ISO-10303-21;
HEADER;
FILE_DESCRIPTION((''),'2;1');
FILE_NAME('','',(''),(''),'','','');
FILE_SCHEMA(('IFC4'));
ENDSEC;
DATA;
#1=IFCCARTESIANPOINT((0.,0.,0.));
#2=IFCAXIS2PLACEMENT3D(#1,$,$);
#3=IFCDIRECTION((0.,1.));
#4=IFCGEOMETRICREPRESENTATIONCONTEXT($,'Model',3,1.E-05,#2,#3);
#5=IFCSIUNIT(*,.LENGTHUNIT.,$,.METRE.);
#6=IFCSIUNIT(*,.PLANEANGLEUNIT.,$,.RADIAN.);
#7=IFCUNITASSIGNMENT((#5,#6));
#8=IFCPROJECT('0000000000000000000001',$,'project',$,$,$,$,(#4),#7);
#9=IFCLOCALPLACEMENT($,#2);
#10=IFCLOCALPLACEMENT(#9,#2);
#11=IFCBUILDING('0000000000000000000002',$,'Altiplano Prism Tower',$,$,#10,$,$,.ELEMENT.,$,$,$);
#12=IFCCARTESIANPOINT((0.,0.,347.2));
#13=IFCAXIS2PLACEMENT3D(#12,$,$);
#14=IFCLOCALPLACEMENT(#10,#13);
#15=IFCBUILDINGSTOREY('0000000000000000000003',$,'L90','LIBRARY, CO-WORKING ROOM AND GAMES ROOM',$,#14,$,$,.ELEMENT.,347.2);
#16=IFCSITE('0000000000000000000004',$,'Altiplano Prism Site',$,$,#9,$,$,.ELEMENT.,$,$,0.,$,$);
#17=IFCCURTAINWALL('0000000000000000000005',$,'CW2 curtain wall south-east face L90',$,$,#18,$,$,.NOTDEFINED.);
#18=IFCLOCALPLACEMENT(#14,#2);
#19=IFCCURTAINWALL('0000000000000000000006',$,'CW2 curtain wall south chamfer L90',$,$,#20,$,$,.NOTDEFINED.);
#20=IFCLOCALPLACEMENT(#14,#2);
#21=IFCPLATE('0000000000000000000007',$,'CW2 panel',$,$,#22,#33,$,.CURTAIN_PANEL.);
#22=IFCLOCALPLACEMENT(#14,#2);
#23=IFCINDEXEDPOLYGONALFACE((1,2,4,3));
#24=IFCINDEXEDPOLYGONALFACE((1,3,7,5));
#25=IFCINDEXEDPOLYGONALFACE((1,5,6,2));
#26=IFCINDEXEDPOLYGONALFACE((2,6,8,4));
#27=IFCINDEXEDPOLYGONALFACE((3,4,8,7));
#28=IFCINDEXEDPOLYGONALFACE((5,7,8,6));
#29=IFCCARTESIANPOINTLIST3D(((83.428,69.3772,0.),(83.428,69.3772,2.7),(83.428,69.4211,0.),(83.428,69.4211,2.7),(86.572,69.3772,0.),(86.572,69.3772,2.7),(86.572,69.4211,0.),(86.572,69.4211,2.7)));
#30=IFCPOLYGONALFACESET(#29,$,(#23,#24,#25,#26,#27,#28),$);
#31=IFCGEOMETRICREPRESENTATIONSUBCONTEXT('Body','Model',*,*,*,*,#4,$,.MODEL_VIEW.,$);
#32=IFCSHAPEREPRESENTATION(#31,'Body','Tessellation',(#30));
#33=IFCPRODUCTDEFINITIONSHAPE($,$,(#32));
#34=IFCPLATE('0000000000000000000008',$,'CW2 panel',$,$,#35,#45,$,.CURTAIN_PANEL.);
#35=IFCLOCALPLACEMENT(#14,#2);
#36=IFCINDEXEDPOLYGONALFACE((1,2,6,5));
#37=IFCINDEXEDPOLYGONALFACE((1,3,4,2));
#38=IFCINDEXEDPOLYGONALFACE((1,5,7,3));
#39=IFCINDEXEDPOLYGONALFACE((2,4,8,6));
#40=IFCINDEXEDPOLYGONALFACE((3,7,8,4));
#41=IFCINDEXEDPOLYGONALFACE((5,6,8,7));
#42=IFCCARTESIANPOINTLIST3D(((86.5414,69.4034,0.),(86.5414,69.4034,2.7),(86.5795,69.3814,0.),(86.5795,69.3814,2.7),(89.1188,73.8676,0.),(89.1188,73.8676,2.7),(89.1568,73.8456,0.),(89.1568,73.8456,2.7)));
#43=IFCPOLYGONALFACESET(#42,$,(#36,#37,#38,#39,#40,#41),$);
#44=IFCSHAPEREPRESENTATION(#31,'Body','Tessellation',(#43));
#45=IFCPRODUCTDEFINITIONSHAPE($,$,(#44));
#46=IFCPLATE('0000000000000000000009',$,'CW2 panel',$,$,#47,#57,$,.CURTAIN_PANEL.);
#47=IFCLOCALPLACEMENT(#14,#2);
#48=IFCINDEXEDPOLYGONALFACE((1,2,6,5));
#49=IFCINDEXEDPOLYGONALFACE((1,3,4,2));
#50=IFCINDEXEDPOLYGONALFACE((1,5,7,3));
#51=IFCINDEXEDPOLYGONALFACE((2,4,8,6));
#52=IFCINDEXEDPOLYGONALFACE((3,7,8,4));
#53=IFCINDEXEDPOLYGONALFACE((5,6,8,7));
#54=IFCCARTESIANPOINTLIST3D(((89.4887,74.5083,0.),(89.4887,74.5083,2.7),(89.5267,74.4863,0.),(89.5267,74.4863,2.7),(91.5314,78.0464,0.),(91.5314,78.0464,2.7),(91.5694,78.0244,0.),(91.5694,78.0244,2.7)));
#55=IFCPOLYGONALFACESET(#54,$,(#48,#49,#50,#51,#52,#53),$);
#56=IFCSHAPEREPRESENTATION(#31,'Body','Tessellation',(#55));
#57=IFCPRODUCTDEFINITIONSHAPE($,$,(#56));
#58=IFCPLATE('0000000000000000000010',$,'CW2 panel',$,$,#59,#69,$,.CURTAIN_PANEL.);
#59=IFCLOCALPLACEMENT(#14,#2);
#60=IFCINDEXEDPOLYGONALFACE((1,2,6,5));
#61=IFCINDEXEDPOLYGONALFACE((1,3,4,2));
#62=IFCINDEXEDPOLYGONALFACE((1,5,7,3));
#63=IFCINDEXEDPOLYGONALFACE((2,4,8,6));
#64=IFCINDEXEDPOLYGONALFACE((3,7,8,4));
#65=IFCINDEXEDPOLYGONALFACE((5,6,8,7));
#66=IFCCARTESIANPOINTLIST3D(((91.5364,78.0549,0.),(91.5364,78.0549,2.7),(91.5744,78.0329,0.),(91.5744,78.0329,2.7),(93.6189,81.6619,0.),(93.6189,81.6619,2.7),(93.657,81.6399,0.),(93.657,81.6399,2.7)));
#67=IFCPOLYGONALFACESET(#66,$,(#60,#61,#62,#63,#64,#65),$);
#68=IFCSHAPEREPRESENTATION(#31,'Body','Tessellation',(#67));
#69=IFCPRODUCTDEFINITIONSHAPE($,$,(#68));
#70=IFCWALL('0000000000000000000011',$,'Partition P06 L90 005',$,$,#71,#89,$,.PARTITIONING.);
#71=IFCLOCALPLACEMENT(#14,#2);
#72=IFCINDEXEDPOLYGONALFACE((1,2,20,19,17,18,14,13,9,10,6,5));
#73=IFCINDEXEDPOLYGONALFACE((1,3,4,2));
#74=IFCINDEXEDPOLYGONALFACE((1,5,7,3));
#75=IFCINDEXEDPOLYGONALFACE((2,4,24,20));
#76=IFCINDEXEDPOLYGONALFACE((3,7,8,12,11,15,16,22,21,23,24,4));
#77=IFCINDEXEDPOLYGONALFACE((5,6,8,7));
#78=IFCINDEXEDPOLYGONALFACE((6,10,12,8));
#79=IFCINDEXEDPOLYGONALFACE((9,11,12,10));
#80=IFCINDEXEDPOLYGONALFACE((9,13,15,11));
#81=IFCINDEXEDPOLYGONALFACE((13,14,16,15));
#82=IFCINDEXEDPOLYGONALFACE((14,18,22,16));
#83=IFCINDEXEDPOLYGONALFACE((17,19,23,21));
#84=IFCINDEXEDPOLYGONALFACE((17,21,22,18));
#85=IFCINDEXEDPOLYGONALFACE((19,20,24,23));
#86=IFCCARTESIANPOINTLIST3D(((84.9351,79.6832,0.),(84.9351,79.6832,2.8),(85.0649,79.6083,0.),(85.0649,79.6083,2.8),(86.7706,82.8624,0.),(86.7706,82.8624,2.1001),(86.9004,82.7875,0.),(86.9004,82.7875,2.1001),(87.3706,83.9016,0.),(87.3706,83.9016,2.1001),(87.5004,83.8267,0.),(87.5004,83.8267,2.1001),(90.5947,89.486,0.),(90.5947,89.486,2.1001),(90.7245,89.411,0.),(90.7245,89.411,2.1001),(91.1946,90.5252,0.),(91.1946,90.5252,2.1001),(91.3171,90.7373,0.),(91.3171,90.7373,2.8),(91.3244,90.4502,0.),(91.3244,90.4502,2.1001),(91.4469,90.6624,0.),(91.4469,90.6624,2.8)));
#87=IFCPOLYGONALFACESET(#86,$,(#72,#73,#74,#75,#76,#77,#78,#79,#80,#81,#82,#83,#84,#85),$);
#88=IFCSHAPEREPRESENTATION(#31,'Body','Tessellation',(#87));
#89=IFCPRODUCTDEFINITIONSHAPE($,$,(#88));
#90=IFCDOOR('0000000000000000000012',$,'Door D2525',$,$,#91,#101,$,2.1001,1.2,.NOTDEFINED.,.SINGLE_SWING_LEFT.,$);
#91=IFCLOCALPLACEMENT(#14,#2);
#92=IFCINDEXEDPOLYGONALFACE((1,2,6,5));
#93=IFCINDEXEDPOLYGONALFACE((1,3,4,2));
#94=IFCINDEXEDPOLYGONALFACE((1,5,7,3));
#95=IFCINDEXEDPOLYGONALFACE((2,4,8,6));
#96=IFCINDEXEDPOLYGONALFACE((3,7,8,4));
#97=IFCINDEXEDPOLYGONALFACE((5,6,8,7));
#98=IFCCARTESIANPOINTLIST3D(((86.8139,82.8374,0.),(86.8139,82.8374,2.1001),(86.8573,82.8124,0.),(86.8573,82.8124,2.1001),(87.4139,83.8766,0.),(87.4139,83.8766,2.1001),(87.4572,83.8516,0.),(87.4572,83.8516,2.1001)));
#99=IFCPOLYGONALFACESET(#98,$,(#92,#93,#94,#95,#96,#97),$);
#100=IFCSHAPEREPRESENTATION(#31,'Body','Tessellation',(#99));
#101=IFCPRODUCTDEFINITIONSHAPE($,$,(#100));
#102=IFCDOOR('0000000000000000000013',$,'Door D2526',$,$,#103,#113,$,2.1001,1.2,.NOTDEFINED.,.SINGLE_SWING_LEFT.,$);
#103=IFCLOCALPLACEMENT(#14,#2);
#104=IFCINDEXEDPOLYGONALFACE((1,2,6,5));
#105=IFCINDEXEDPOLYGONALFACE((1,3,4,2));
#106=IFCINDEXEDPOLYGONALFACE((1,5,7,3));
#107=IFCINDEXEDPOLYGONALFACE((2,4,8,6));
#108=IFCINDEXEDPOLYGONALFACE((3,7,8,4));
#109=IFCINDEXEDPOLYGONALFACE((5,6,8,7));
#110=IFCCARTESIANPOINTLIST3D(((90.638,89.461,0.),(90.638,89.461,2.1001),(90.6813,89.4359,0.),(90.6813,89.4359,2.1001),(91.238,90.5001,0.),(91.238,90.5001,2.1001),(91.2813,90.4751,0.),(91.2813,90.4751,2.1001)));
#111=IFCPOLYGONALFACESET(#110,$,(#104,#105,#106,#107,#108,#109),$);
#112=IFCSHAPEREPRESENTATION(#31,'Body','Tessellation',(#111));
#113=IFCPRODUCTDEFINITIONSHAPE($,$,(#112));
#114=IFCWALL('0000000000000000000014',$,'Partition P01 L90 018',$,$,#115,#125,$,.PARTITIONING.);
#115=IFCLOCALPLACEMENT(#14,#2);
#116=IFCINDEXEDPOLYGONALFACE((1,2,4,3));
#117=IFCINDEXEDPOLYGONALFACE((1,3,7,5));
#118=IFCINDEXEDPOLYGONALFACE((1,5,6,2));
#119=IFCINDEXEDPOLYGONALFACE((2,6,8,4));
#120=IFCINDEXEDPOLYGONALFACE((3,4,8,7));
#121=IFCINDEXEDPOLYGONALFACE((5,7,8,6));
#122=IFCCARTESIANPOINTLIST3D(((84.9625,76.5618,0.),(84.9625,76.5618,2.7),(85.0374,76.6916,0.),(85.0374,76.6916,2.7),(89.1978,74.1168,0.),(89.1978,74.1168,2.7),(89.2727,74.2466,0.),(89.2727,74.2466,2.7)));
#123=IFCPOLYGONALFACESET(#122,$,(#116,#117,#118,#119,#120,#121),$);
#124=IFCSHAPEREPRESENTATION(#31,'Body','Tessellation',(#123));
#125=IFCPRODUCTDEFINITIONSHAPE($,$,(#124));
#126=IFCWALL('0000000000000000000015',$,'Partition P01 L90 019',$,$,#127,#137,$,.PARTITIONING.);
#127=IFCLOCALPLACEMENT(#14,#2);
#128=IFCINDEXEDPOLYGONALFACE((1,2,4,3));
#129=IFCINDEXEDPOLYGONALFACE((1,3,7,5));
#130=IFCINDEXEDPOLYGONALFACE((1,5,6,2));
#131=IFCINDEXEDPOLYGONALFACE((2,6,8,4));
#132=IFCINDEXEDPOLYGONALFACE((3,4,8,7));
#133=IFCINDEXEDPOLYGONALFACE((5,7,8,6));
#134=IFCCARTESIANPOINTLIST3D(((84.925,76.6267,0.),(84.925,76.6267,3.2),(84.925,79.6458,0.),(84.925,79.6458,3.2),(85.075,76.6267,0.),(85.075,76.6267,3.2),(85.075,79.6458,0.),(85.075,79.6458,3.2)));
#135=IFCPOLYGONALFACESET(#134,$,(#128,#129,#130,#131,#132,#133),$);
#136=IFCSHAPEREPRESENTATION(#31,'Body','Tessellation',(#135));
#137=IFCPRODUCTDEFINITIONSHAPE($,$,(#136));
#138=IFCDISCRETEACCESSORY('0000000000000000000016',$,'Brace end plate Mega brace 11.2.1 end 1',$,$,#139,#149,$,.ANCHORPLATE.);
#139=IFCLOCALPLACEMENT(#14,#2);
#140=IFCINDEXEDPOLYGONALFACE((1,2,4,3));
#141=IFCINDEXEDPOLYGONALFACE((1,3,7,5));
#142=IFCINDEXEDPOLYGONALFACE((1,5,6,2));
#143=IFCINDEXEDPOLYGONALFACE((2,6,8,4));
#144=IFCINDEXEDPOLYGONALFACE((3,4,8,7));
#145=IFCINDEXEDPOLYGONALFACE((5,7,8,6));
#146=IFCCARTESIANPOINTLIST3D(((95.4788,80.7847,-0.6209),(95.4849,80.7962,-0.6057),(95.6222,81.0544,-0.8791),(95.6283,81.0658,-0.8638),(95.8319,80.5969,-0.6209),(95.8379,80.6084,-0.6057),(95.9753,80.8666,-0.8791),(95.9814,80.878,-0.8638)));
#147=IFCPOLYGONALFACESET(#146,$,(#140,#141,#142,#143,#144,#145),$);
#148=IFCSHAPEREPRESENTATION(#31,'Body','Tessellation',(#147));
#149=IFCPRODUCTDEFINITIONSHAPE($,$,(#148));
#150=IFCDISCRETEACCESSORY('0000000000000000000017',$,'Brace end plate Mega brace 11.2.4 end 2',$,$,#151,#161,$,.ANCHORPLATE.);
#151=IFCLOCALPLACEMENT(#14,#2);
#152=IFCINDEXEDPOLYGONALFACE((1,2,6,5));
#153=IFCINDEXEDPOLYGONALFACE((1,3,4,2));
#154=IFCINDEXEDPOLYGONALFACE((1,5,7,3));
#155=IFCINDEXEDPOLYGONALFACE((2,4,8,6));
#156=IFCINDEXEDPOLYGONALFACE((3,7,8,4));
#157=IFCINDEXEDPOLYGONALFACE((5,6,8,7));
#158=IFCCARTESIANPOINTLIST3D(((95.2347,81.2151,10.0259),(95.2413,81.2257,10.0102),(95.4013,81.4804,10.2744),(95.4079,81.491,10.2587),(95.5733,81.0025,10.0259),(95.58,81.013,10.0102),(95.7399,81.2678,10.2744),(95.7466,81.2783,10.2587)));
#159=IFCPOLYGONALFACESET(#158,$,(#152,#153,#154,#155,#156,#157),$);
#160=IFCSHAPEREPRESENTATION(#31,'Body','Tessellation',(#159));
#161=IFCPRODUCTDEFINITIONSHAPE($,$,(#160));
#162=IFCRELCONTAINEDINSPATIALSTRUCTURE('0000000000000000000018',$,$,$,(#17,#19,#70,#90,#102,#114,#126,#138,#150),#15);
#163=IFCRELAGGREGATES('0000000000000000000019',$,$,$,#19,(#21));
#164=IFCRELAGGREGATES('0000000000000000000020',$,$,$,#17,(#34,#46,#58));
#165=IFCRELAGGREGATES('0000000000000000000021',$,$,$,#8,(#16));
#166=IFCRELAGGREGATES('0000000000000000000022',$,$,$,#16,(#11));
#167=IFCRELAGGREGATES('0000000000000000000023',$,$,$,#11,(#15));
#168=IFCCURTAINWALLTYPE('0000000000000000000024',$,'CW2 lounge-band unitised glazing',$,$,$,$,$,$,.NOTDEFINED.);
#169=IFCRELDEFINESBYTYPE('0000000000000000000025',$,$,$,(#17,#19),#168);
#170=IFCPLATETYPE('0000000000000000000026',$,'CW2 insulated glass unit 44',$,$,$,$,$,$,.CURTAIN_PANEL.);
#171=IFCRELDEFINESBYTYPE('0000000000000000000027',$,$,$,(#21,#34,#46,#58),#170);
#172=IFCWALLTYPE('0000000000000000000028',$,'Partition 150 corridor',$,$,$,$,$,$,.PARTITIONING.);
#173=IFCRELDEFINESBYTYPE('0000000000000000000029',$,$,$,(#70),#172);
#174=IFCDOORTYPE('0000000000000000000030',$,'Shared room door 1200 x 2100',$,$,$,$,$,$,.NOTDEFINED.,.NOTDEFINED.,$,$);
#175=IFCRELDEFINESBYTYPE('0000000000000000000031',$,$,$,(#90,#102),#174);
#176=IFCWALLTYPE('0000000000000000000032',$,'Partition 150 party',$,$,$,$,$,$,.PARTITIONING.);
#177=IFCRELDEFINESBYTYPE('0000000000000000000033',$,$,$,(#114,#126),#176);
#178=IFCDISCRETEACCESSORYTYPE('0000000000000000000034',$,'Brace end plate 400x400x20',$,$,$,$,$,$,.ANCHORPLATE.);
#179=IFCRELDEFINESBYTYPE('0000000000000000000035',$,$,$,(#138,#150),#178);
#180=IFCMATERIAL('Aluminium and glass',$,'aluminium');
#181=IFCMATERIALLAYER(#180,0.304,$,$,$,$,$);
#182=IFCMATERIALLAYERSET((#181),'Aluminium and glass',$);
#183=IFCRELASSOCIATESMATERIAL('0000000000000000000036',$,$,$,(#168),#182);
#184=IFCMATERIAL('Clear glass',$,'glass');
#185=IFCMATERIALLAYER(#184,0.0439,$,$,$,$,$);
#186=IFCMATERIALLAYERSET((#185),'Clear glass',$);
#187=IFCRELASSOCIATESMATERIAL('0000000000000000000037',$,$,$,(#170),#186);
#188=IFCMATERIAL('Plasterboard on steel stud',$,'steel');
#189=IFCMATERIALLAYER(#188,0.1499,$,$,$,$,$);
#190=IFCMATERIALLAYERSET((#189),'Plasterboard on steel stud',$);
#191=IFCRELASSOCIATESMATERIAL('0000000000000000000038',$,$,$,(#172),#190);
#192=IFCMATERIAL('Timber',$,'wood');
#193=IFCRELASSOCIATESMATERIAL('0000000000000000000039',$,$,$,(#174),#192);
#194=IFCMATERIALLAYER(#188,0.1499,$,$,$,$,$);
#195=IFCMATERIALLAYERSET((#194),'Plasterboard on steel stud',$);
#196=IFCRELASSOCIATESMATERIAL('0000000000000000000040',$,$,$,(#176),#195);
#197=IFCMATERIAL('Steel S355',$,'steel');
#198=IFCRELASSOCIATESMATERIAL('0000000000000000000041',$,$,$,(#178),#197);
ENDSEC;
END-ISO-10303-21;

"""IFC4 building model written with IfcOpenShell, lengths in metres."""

from ifc_helpers import new_model, si_unit, direction, frame, frame_2d, origin, origin_2d, place, context, subcontext, project, spatial, rectangle, extrude, material, layer, layer_set, material_profile, profile_set, type_object, element, fill, aggregate, save


model = new_model("IFC4")

# Units and contexts
model_context = context("Model", 3, precision=1e-05, world=origin(), true_north=direction((0.0, 1.0)))
body_context = subcontext(model_context, "Body", "Model", "MODEL_VIEW")
ifc_project = project(units=[si_unit("LENGTHUNIT", "METRE"), si_unit("PLANEANGLEUNIT", "RADIAN")], contexts=[model_context])

# Site, building, storey
site_placement = place(None, origin())
site = spatial("IfcSite", under=ifc_project, at=site_placement, Name="Altiplano Prism Site", CompositionType="ELEMENT", RefElevation=0.0)
building_placement = place(site_placement, origin())
building = spatial("IfcBuilding", under=site, at=building_placement, Name="Altiplano Prism Tower", CompositionType="ELEMENT")
storey_placement = place(building_placement, frame((0.0, 0.0, 347.2)))
storey = spatial("IfcBuildingStorey", under=building, at=storey_placement, Name="L90", Description="LIBRARY, CO-WORKING ROOM AND GAMES ROOM", CompositionType="ELEMENT", Elevation=347.2)

# Curtain wall
ifc_material_1 = material(Name="Aluminium and glass", Category="aluminium")
ifc_layer_1 = layer(ifc_material_1, 0.304)
ifc_layer_set_1 = layer_set([ifc_layer_1], Name="Aluminium and glass")
curtain_wall_type = type_object("IfcCurtainWallType", Name="CW2 lounge-band unitised glazing", PredefinedType="NOTDEFINED", material=ifc_layer_set_1)
curtain_wall_1_placement = place(storey_placement, origin())
curtain_wall_1 = element("IfcCurtainWall", 1, at=curtain_wall_1_placement, inside=storey, type_object=curtain_wall_type, Name="CW2 curtain wall south-east face L90", PredefinedType="NOTDEFINED")

# Shared definitions
ifc_material_2 = material(Name="Steel S355", Category="steel")

# Curtain wall, plate
curtain_wall_2_placement = place(storey_placement, origin())
curtain_wall_2 = element("IfcCurtainWall", 2, at=curtain_wall_2_placement, inside=storey, type_object=curtain_wall_type, Name="CW2 curtain wall south chamfer L90", PredefinedType="NOTDEFINED")
ifc_material_3 = material(Name="Clear glass", Category="glass")
ifc_layer_2 = layer(ifc_material_3, 0.0439)
ifc_layer_set_2 = layer_set([ifc_layer_2], Name="Clear glass")
plate_type = type_object("IfcPlateType", Name="CW2 insulated glass unit 44", PredefinedType="CURTAIN_PANEL", material=ifc_layer_set_2)
plate_1_placement = place(storey_placement, frame((85.0, 69.3992, 0.0), z_axis=(0.0, 0.0, 1.0), x_axis=(1.0, 0.0, 0.0)))
plate_1 = element("IfcPlate", 3, at=plate_1_placement, type_object=plate_type, Name="CW2 panel", PredefinedType="CURTAIN_PANEL", context=body_context, shape_type="SweptSolid", body=[
    extrude(rectangle(XDim=3.144, YDim=0.0439, at=origin_2d()), origin(), (0.0, 0.0, 1.0), 2.7),
])
aggregate(curtain_wall_2, [plate_1])

# Plates
plate_2_placement = place(storey_placement, frame((87.8491, 71.6245, 0.0), z_axis=(0.0, 0.0, 1.0), x_axis=(0.5, 0.866025, 0.0)))
plate_2 = element("IfcPlate", 4, at=plate_2_placement, type_object=plate_type, Name="CW2 panel", PredefinedType="CURTAIN_PANEL", context=body_context, shape_type="SweptSolid", body=[
    extrude(rectangle(XDim=5.1548, YDim=0.0439, at=origin_2d()), origin(), (0.0, 0.0, 1.0), 2.7),
])
plate_3_placement = place(storey_placement, frame((90.5291, 76.2664, 0.0), z_axis=(0.0, 0.0, 1.0), x_axis=(0.5, 0.866025, 0.0)))
plate_3 = element("IfcPlate", 5, at=plate_3_placement, type_object=plate_type, Name="CW2 panel", PredefinedType="CURTAIN_PANEL", context=body_context, shape_type="SweptSolid", body=[
    extrude(rectangle(XDim=4.0854, YDim=0.0439, at=origin_2d()), origin(), (0.0, 0.0, 1.0), 2.7),
])
plate_4_placement = place(storey_placement, frame((92.5967, 79.8474, 0.0), z_axis=(0.0, 0.0, 1.0), x_axis=(0.5, 0.866025, 0.0)))
plate_4 = element("IfcPlate", 6, at=plate_4_placement, type_object=plate_type, Name="CW2 panel", PredefinedType="CURTAIN_PANEL", context=body_context, shape_type="SweptSolid", body=[
    extrude(rectangle(XDim=4.165, YDim=0.0439, at=origin_2d()), origin(), (0.0, 0.0, 1.0), 2.7),
])
aggregate(curtain_wall_1, [plate_2, plate_3, plate_4])

# Wall, openings, doors
ifc_material_4 = material(Name="Plasterboard on steel stud", Category="steel")
ifc_layer_3 = layer(ifc_material_4, 0.1499)
ifc_layer_set_3 = layer_set([ifc_layer_3], Name="Plasterboard on steel stud")
wall_type_1 = type_object("IfcWallType", Name="Partition 150 corridor", PredefinedType="PARTITIONING", material=ifc_layer_set_3)
wall_1_placement = place(storey_placement, frame((85.0, 79.6458, 0.0), z_axis=(0.0, 0.0, 1.0), x_axis=(0.499996, 0.866028, 0.0)))
wall_1 = element("IfcWall", 7, at=wall_1_placement, inside=storey, type_object=wall_type_1, Name="Partition P06 L90 005", PredefinedType="PARTITIONING", context=body_context, shape_type="SweptSolid", body=[
    extrude(rectangle(XDim=12.7642, YDim=0.1499, at=frame_2d((6.3821, 0.0))), origin(), (0.0, 0.0, 1.0), 2.8),
])
opening_1_placement = place(wall_1_placement, frame((3.6709, 0.0, 0.0)))
opening_1 = element("IfcOpeningElement", 8, at=opening_1_placement, cuts=wall_1, PredefinedType="OPENING", context=body_context, shape_type="SweptSolid", body=[
    extrude(rectangle(XDim=1.2, YDim=2.1001, at=frame_2d((0.6001, 1.05))), frame((0.0, 0.0854, 0.0), z_axis=(0.0, -1.0, 0.0), x_axis=(1.0, 0.0, 0.0)), (0.0, 0.0, 1.0), 0.1709),
])
opening_2_placement = place(wall_1_placement, frame((11.3191, 0.0, 0.0)))
opening_2 = element("IfcOpeningElement", 9, at=opening_2_placement, cuts=wall_1, PredefinedType="OPENING", context=body_context, shape_type="SweptSolid", body=[
    extrude(rectangle(XDim=1.2, YDim=2.1001, at=frame_2d((0.6001, 1.05))), frame((0.0, 0.0854, 0.0), z_axis=(0.0, -1.0, 0.0), x_axis=(1.0, 0.0, 0.0)), (0.0, 0.0, 1.0), 0.1709),
])
ifc_material_5 = material(Name="Timber", Category="wood")
door_type = type_object("IfcDoorType", Name="Shared room door 1200 x 2100", OperationType="NOTDEFINED", PredefinedType="NOTDEFINED", material=ifc_material_5)
door_1_placement = place(opening_1_placement, origin())
door_1 = element("IfcDoor", 10, at=door_1_placement, inside=storey, type_object=door_type, Name="Door D2525", OperationType="SINGLE_SWING_LEFT", OverallHeight=2.1001, OverallWidth=1.2, PredefinedType="NOTDEFINED", context=body_context, shape_type="SweptSolid", body=[
    extrude(rectangle(XDim=1.2, YDim=2.1001, at=frame_2d((0.6001, 1.05))), frame((0.0, 0.0249, 0.0), z_axis=(0.0, -1.0, 0.0), x_axis=(1.0, 0.0, 0.0)), (0.0, 0.0, 1.0), 0.05),
])
fill(opening_1, door_1)
door_2_placement = place(opening_2_placement, origin())
door_2 = element("IfcDoor", 11, at=door_2_placement, inside=storey, type_object=door_type, Name="Door D2526", OperationType="SINGLE_SWING_LEFT", OverallHeight=2.1001, OverallWidth=1.2, PredefinedType="NOTDEFINED", context=body_context, shape_type="SweptSolid", body=[
    extrude(rectangle(XDim=1.2, YDim=2.1001, at=frame_2d((0.6001, 1.05))), frame((0.0, 0.0249, 0.0), z_axis=(0.0, -1.0, 0.0), x_axis=(1.0, 0.0, 0.0)), (0.0, 0.0, 1.0), 0.05),
])
fill(opening_2, door_2)

# Walls
ifc_layer_4 = layer(ifc_material_4, 0.1499)
ifc_layer_set_4 = layer_set([ifc_layer_4], Name="Plasterboard on steel stud")
wall_type_2 = type_object("IfcWallType", Name="Partition 150 party", PredefinedType="PARTITIONING", material=ifc_layer_set_4)
wall_2_placement = place(storey_placement, frame((89.2354, 74.1816, 0.0), z_axis=(0.0, 0.0, 1.0), x_axis=(-0.866044, 0.499967, 0.0)))
element("IfcWall", 12, at=wall_2_placement, inside=storey, type_object=wall_type_2, Name="Partition P01 L90 018", PredefinedType="PARTITIONING", context=body_context, shape_type="SweptSolid", body=[
    extrude(rectangle(XDim=4.8904, YDim=0.1499, at=frame_2d((2.4453, 0.0))), origin(), (0.0, 0.0, 1.0), 2.7),
])
wall_3_placement = place(storey_placement, frame((85.0, 76.6267, 0.0), z_axis=(0.0, 0.0, 1.0), x_axis=(0.0, 1.0, 0.0)))
element("IfcWall", 13, at=wall_3_placement, inside=storey, type_object=wall_type_2, Name="Partition P01 L90 019", PredefinedType="PARTITIONING", context=body_context, shape_type="SweptSolid", body=[
    extrude(rectangle(XDim=3.019, YDim=0.1499, at=frame_2d((1.5095, 0.0))), origin(), (0.0, 0.0, 1.0), 3.2),
])

# Discrete accessories
ifc_material_profile_1 = material_profile(ifc_material_2, rectangle(XDim=0.3999, YDim=0.3999, at=origin_2d()), Name="Brace end plate 400x400x20")
ifc_profile_set_1 = profile_set([ifc_material_profile_1], Name="Steel S355")
discrete_accessory_type = type_object("IfcDiscreteAccessoryType", Name="Brace end plate 400x400x20", PredefinedType="ANCHORPLATE", material=ifc_profile_set_1)
for number, where, z_axis, x_axis, name in (
    (14, (95.7271, 80.8257, -0.75), (0.303103, 0.569833, 0.763819), (-0.882872, 0.469613, 0.0), "Brace end plate Mega brace 11.2.1 end 1"),
    (15, (95.4873, 81.2415, 10.1501), (0.330499, 0.526351, -0.783406), (-0.84689, 0.531768, 0.0), "Brace end plate Mega brace 11.2.4 end 2"),
):
    element("IfcDiscreteAccessory", number, at=place(storey_placement, frame(where, z_axis=z_axis, x_axis=x_axis)), inside=storey, type_object=discrete_accessory_type, Name=name, PredefinedType="ANCHORPLATE", context=body_context, shape_type="SweptSolid", body=[
        extrude(rectangle(XDim=0.3999, YDim=0.3999, at=origin_2d()), origin(), (0.0, 0.0, 1.0), 0.02),
    ])

save(model, "model.ifc")
